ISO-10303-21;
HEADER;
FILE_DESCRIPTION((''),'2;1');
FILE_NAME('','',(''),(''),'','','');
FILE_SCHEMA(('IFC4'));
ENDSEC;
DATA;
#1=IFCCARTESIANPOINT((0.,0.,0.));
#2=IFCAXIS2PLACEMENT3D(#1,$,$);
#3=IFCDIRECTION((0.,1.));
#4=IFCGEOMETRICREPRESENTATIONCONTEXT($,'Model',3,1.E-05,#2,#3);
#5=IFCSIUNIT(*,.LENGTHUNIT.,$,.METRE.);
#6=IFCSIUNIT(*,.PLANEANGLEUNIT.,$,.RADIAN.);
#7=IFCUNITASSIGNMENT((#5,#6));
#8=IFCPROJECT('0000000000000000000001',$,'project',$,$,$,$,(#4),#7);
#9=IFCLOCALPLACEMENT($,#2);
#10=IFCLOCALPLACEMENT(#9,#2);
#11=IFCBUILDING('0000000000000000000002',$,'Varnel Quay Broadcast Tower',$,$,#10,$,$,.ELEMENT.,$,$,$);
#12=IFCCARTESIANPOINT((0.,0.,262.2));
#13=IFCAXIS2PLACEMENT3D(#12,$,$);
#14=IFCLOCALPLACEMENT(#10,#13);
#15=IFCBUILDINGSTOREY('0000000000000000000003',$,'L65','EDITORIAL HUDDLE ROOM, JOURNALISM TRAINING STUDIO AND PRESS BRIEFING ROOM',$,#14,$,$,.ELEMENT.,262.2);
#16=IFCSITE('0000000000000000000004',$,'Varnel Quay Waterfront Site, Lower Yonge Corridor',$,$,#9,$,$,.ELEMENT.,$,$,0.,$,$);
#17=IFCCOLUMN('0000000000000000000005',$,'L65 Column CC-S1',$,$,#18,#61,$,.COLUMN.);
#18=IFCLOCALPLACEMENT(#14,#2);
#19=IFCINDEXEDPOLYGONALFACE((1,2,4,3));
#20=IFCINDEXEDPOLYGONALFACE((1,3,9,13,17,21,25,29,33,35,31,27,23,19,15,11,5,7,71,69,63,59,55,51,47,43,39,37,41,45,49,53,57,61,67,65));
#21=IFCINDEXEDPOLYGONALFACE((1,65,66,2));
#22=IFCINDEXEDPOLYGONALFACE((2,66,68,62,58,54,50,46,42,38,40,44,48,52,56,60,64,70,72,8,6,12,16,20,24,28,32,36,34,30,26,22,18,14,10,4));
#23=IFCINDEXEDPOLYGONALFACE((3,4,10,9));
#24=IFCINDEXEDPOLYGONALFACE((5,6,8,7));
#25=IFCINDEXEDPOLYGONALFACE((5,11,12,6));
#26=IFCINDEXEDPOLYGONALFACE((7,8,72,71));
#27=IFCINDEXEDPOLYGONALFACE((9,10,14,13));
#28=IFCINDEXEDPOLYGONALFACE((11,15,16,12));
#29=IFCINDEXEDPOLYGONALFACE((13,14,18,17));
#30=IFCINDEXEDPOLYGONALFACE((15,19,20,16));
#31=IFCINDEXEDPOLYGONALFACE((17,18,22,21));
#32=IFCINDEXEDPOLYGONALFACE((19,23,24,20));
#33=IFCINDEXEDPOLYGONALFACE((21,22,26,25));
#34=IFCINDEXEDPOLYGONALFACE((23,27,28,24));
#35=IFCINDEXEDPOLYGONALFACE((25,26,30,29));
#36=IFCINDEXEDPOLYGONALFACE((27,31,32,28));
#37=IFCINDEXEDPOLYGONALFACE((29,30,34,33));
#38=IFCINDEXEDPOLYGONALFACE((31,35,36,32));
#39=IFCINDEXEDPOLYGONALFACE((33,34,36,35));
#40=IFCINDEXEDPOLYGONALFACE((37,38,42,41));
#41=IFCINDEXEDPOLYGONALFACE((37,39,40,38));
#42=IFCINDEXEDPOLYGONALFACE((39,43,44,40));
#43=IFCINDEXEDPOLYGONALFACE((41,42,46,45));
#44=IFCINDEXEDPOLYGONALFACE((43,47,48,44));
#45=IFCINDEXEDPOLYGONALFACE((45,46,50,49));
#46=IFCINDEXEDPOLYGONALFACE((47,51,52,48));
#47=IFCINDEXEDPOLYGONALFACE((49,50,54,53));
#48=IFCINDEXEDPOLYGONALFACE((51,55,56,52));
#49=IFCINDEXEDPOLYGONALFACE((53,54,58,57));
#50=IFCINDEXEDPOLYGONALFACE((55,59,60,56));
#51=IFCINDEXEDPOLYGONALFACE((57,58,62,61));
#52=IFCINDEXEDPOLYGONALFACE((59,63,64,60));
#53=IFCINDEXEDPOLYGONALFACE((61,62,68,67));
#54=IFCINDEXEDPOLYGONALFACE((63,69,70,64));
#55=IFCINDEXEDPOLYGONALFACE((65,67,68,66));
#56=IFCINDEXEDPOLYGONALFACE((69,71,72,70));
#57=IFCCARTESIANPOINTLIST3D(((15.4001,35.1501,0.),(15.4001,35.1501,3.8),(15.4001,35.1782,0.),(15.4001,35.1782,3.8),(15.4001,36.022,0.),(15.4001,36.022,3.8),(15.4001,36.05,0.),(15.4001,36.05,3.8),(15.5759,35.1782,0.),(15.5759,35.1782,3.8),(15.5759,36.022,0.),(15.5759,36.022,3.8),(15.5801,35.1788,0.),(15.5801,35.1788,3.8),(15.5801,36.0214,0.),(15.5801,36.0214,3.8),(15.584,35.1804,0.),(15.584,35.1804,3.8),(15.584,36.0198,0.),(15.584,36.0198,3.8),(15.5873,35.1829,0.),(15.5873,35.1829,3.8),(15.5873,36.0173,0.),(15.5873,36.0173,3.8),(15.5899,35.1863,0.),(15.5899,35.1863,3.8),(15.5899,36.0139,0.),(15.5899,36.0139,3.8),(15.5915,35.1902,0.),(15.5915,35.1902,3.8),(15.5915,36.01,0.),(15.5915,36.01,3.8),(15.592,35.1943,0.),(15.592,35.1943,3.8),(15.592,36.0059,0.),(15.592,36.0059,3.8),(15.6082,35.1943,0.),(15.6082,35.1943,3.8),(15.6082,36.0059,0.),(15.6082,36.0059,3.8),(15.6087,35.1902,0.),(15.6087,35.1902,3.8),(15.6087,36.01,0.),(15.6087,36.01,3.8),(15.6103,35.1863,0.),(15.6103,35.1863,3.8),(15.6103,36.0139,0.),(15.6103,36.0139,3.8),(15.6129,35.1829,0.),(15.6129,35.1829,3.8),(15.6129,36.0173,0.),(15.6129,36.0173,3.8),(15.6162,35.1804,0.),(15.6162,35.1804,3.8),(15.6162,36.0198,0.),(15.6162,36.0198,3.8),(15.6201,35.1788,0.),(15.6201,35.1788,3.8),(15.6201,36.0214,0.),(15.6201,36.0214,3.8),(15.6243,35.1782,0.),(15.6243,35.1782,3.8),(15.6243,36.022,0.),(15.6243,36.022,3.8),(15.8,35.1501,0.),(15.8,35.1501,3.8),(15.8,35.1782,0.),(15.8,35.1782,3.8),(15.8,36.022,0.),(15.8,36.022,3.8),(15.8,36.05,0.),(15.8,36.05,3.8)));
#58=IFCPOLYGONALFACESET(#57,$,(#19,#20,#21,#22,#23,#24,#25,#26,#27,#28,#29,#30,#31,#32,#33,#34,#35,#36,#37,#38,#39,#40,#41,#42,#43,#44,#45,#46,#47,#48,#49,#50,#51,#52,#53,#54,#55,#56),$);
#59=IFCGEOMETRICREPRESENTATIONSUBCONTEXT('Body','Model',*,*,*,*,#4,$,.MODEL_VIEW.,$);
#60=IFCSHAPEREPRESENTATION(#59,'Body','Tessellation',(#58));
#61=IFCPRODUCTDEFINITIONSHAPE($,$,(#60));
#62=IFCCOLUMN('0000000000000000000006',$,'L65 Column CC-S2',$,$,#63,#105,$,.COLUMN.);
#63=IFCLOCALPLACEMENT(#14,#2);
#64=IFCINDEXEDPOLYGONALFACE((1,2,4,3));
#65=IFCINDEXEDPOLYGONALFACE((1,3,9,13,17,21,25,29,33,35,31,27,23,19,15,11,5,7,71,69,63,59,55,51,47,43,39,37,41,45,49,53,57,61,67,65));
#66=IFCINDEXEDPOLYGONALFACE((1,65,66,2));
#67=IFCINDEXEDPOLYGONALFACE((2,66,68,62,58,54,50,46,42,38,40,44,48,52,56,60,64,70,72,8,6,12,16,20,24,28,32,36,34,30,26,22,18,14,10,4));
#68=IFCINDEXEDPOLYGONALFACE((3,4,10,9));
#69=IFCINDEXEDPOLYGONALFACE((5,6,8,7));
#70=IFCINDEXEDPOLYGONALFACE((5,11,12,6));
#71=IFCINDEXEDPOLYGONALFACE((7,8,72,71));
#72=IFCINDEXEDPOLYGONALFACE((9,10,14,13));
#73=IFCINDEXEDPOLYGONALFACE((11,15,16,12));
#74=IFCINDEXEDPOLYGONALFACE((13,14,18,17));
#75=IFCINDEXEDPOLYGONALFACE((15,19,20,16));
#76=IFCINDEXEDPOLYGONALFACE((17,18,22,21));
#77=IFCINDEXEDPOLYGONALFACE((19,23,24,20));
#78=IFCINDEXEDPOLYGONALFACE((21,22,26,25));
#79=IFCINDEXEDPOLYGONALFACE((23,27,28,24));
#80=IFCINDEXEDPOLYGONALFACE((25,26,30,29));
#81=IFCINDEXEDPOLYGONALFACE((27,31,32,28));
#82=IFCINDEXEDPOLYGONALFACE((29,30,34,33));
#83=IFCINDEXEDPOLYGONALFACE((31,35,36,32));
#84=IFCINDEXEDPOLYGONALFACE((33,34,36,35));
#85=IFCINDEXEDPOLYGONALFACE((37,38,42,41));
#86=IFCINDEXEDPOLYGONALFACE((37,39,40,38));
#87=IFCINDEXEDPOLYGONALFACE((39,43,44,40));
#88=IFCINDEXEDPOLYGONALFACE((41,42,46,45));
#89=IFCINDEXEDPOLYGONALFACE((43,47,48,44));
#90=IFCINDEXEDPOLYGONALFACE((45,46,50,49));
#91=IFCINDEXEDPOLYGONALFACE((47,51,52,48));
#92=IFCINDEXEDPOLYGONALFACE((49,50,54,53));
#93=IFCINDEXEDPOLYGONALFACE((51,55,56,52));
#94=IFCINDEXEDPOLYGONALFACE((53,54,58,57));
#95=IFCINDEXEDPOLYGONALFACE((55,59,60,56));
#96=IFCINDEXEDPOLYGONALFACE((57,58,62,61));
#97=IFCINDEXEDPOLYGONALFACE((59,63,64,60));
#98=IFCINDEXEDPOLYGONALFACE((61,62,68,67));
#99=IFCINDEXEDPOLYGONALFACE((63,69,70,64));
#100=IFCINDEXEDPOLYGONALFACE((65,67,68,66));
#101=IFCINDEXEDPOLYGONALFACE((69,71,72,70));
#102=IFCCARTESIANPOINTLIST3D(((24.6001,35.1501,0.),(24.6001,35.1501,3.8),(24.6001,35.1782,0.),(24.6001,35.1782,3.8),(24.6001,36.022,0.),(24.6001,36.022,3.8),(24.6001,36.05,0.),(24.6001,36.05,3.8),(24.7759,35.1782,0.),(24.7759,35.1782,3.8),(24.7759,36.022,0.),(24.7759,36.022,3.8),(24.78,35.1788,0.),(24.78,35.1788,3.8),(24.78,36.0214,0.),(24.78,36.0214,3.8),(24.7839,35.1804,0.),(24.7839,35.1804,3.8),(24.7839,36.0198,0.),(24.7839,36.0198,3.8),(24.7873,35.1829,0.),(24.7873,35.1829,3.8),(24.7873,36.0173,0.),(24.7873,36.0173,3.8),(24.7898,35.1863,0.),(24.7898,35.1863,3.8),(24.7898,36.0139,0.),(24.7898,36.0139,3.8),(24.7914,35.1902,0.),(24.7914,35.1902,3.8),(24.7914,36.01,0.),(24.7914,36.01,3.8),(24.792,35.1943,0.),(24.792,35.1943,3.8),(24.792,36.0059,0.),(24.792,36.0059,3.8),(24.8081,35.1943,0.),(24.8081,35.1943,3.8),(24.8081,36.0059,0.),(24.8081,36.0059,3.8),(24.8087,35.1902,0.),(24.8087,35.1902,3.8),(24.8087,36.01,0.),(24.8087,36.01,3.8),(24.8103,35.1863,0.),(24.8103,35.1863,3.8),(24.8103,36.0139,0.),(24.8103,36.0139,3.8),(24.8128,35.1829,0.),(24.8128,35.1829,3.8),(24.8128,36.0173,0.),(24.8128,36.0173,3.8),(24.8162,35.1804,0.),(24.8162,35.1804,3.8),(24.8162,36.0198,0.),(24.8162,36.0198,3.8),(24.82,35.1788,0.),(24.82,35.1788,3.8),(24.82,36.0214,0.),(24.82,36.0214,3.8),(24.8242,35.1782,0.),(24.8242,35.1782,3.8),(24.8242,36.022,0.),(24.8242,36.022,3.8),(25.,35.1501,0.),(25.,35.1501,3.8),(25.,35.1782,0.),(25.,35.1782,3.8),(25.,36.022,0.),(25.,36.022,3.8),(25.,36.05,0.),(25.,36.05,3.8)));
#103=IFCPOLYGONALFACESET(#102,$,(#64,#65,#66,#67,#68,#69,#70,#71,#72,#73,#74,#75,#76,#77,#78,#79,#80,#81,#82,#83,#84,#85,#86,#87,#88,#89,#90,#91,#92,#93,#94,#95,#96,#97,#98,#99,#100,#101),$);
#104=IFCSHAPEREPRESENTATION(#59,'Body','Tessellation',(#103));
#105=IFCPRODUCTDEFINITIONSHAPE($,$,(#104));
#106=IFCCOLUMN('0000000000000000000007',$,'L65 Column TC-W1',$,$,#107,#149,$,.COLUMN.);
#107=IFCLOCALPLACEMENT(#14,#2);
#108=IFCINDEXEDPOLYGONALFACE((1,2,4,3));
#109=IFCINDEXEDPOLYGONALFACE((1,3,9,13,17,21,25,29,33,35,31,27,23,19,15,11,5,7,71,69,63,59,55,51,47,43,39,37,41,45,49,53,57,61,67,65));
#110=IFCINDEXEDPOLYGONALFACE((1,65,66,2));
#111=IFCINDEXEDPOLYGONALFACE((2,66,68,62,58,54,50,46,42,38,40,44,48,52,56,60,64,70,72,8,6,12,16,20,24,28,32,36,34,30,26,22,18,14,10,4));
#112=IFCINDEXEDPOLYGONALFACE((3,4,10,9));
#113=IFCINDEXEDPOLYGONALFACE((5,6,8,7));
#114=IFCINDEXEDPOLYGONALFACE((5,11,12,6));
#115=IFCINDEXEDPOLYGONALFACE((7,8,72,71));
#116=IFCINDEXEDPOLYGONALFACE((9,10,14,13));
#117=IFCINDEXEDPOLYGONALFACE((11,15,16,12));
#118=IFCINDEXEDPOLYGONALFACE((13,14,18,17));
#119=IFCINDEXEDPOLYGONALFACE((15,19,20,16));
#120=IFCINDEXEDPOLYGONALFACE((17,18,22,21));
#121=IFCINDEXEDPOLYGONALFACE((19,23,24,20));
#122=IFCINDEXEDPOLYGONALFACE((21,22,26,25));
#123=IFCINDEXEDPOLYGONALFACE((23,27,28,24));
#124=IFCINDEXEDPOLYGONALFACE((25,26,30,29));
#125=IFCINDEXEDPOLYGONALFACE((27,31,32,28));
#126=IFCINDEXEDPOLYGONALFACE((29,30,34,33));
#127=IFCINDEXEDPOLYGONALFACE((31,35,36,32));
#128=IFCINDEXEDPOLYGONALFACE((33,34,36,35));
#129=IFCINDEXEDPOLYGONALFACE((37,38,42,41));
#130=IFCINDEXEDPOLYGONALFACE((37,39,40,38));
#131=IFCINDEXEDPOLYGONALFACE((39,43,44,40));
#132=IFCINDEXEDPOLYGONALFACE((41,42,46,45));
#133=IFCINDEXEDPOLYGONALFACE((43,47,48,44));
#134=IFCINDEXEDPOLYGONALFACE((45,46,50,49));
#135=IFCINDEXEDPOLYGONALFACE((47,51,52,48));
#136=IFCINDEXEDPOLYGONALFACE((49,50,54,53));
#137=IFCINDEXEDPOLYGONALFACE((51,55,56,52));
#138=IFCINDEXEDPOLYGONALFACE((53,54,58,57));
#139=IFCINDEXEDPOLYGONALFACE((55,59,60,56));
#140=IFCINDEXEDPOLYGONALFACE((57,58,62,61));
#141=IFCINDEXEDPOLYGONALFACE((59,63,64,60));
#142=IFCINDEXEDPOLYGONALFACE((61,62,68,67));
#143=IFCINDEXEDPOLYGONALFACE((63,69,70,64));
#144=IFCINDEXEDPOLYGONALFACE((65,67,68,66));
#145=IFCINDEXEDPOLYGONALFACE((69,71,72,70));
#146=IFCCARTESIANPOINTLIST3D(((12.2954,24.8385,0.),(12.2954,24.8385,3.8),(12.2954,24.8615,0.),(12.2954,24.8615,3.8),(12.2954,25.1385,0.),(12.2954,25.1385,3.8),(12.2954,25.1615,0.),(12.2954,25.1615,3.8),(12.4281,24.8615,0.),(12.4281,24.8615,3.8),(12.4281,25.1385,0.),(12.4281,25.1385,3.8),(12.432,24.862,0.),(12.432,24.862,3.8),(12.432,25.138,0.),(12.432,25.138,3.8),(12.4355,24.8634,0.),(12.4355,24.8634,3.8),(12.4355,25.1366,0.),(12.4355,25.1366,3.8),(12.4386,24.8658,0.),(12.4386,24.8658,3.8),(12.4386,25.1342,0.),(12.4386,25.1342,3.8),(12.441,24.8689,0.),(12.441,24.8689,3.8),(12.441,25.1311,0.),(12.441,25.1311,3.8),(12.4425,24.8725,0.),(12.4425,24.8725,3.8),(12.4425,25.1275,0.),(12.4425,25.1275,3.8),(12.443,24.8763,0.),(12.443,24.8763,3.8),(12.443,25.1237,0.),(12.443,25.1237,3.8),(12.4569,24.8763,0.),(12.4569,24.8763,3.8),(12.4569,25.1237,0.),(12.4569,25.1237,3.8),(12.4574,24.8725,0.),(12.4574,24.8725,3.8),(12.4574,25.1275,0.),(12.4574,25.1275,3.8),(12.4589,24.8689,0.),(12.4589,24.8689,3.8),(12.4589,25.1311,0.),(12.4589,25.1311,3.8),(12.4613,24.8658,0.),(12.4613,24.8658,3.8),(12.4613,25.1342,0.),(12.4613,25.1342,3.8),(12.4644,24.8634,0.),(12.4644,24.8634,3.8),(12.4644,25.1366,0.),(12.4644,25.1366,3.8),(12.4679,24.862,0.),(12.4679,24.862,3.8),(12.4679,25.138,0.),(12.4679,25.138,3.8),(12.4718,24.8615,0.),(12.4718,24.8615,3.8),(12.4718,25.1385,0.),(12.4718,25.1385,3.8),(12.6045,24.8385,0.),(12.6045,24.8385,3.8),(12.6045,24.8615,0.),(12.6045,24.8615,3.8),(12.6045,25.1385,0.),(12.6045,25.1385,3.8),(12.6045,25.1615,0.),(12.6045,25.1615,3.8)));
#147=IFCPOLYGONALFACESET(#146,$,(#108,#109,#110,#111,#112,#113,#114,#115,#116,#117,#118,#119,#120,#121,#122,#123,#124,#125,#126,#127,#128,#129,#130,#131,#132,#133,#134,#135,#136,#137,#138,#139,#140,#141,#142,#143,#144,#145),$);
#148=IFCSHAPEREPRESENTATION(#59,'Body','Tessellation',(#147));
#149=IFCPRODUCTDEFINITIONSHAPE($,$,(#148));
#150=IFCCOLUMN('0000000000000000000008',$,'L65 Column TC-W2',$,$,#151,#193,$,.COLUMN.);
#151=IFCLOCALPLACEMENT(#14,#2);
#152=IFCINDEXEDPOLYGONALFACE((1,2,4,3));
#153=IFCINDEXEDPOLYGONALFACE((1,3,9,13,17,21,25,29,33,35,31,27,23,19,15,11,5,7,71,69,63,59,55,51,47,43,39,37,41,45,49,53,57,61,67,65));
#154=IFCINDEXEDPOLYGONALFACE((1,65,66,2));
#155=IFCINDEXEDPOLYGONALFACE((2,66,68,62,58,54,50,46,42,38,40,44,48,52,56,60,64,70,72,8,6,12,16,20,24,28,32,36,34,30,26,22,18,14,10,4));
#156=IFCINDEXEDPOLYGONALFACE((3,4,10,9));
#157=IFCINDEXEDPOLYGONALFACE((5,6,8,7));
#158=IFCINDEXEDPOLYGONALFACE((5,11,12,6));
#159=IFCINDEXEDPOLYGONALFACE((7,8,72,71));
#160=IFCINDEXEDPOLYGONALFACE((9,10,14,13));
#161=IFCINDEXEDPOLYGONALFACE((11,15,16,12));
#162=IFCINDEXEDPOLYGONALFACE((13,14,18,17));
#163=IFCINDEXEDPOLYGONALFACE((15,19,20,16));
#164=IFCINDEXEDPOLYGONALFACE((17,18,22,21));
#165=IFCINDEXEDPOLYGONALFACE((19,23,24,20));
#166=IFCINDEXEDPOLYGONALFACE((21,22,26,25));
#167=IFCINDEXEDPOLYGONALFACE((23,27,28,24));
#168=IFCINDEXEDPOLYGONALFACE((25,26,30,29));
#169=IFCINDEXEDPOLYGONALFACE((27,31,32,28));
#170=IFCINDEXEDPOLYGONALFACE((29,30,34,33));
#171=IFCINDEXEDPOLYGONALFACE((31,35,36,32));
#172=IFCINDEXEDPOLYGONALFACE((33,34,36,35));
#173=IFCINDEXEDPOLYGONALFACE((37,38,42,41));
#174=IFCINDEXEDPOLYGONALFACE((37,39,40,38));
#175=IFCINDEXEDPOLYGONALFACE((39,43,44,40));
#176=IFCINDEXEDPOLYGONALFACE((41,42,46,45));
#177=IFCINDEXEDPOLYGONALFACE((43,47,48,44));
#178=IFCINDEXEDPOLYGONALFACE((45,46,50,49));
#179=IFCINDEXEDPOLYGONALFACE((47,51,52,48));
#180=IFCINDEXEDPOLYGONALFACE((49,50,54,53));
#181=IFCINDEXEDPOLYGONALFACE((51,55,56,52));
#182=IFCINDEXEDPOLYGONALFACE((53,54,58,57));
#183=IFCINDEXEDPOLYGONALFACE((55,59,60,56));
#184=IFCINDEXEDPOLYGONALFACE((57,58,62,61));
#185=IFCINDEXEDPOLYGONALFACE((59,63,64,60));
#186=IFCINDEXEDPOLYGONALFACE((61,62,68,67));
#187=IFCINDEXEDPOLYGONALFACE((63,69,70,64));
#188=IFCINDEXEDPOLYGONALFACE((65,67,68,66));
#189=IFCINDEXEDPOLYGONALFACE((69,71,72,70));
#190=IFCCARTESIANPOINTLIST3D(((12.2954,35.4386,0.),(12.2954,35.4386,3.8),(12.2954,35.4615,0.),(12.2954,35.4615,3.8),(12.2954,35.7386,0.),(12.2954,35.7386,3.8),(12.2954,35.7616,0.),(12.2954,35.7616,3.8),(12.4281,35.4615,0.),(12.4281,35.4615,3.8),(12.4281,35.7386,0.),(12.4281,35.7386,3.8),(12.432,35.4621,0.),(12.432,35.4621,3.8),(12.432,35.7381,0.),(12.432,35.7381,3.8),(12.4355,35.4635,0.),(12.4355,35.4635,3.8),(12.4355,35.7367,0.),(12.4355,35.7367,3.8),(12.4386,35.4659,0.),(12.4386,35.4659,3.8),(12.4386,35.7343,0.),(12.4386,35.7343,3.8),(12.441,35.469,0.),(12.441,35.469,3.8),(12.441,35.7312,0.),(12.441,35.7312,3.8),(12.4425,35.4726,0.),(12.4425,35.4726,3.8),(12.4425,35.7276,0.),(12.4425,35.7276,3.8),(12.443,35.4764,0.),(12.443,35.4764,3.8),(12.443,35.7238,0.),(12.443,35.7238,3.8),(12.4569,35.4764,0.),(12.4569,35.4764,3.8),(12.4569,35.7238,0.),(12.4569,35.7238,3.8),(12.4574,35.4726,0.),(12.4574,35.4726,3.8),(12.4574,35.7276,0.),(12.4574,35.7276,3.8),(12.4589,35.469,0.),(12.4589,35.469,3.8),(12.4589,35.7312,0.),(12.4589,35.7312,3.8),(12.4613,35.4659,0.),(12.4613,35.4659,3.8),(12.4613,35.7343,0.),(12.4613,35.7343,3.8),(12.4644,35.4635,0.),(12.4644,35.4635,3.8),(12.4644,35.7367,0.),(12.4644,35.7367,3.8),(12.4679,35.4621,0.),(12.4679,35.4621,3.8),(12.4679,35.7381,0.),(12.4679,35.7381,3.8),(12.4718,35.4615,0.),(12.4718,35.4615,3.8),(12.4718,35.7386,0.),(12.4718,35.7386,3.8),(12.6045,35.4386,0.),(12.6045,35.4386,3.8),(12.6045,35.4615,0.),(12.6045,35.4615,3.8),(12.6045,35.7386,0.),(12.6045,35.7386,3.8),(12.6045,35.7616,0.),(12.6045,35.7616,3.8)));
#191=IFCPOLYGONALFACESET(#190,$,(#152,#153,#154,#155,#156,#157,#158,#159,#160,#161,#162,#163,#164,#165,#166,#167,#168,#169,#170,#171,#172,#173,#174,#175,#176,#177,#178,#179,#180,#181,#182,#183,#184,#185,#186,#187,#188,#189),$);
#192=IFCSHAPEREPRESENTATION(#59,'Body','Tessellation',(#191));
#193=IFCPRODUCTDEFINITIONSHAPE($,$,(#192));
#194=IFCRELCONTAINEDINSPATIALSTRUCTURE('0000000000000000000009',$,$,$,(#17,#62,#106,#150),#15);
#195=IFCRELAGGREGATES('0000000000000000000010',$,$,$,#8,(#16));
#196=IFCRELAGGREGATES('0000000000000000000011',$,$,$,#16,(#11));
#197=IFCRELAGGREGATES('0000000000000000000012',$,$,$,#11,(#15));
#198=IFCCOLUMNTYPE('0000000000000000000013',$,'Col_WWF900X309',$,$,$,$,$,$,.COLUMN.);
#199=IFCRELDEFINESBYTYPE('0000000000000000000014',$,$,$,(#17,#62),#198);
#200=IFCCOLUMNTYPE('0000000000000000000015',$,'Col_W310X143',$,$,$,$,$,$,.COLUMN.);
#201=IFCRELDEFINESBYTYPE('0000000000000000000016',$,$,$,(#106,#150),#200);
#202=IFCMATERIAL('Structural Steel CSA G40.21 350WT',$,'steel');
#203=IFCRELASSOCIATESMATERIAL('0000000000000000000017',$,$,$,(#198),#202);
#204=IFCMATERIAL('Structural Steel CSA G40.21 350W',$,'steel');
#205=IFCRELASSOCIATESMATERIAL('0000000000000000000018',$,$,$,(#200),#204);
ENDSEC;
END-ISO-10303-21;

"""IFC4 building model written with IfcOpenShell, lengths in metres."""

from ifc_helpers import new_model, si_unit, direction, frame, origin, origin_2d, place, context, subcontext, project, spatial, i_section, extrude, source, transform, mapped, material, material_profile, profile_set, type_object, type_shapes, element, save


model = new_model("IFC4")

# Units and contexts
model_context = context("Model", 3, precision=1e-05, world=origin(), true_north=direction((0.0, 1.0)))
body_context = subcontext(model_context, "Body", "Model", "MODEL_VIEW")
ifc_project = project(units=[si_unit("LENGTHUNIT", "METRE"), si_unit("PLANEANGLEUNIT", "RADIAN")], contexts=[model_context])

# Site, building, storey
site_placement = place(None, origin())
site = spatial("IfcSite", under=ifc_project, at=site_placement, Name="Varnel Quay Waterfront Site, Lower Yonge Corridor", CompositionType="ELEMENT", RefElevation=0.0)
building_placement = place(site_placement, origin())
building = spatial("IfcBuilding", under=site, at=building_placement, Name="Varnel Quay Broadcast Tower", CompositionType="ELEMENT")
storey_placement = place(building_placement, frame((0.0, 0.0, 262.2)))
storey = spatial("IfcBuildingStorey", under=building, at=storey_placement, Name="L65", Description="EDITORIAL HUDDLE ROOM, JOURNALISM TRAINING STUDIO AND PRESS BRIEFING ROOM", CompositionType="ELEMENT", Elevation=262.2)

# Columns
ifc_material_1 = material(Name="Structural Steel CSA G40.21 350WT", Category="steel")
ifc_material_profile_1 = material_profile(ifc_material_1, i_section(OverallWidth=0.3999, OverallDepth=0.8999, WebThickness=0.0161, FlangeThickness=0.0281, FilletRadius=0.0161, at=origin_2d()), Name="WWF900X309")
ifc_profile_set_1 = profile_set([ifc_material_profile_1], Name="Structural Steel CSA G40.21 350WT")
column_type_1 = type_object("IfcColumnType", Name="Col_WWF900X309", PredefinedType="COLUMN", material=ifc_profile_set_1)
shared_shape_1 = source(origin(), body_context, "Body", "SweptSolid", [
    extrude(i_section(OverallWidth=0.3999, OverallDepth=0.8999, WebThickness=0.0161, FlangeThickness=0.0281, FilletRadius=0.0161, at=origin_2d()), origin(), (0.0, 0.0, 1.0), 3.8),
])
type_shapes(column_type_1, [shared_shape_1])
for number, where, z_axis, x_axis, name in (
    (1, (15.6001, 35.6001, 0.0), (0.0, 0.0, 1.0), (1.0, 0.0, 0.0), "L65 Column CC-S1"),
    (2, (24.8, 35.6001, 0.0), (0.0, 0.0, 1.0), (1.0, 0.0, 0.0), "L65 Column CC-S2"),
):
    element("IfcColumn", number, at=place(storey_placement, frame(where, z_axis=z_axis, x_axis=x_axis)), inside=storey, type_object=column_type_1, Name=name, PredefinedType="COLUMN", context=body_context, shape_type="MappedRepresentation", body=[
        mapped(shared_shape_1, transform((0.0, 0.0, 0.0), x_axis=(1.0, 0.0, 0.0), y_axis=(0.0, 1.0, 0.0), z_axis=(0.0, 0.0, 1.0), scale=1.0)),
    ])
ifc_material_2 = material(Name="Structural Steel CSA G40.21 350W", Category="steel")
ifc_material_profile_2 = material_profile(ifc_material_2, i_section(OverallWidth=0.3091, OverallDepth=0.323, WebThickness=0.0139, FlangeThickness=0.0229, FilletRadius=0.0149, at=origin_2d()), Name="W310X143")
ifc_profile_set_2 = profile_set([ifc_material_profile_2], Name="Structural Steel CSA G40.21 350W")
column_type_2 = type_object("IfcColumnType", Name="Col_W310X143", PredefinedType="COLUMN", material=ifc_profile_set_2)
shared_shape_2 = source(origin(), body_context, "Body", "SweptSolid", [
    extrude(i_section(OverallWidth=0.3091, OverallDepth=0.323, WebThickness=0.0139, FlangeThickness=0.0229, FilletRadius=0.0149, at=origin_2d()), origin(), (0.0, 0.0, 1.0), 3.8),
])
type_shapes(column_type_2, [shared_shape_2])
for number, where, z_axis, x_axis, name in (
    (3, (12.45, 25.0, 0.0), (0.0, 0.0, 1.0), (1.0, 0.0, 0.0), "L65 Column TC-W1"),
    (4, (12.45, 35.6001, 0.0), (0.0, 0.0, 1.0), (1.0, 0.0, 0.0), "L65 Column TC-W2"),
):
    element("IfcColumn", number, at=place(storey_placement, frame(where, z_axis=z_axis, x_axis=x_axis)), inside=storey, type_object=column_type_2, Name=name, PredefinedType="COLUMN", context=body_context, shape_type="MappedRepresentation", body=[
        mapped(shared_shape_2, transform((0.0, 0.0, 0.0), x_axis=(1.0, 0.0, 0.0), y_axis=(0.0, 1.0, 0.0), z_axis=(0.0, 0.0, 1.0), scale=1.0)),
    ])

save(model, "model.ifc")
